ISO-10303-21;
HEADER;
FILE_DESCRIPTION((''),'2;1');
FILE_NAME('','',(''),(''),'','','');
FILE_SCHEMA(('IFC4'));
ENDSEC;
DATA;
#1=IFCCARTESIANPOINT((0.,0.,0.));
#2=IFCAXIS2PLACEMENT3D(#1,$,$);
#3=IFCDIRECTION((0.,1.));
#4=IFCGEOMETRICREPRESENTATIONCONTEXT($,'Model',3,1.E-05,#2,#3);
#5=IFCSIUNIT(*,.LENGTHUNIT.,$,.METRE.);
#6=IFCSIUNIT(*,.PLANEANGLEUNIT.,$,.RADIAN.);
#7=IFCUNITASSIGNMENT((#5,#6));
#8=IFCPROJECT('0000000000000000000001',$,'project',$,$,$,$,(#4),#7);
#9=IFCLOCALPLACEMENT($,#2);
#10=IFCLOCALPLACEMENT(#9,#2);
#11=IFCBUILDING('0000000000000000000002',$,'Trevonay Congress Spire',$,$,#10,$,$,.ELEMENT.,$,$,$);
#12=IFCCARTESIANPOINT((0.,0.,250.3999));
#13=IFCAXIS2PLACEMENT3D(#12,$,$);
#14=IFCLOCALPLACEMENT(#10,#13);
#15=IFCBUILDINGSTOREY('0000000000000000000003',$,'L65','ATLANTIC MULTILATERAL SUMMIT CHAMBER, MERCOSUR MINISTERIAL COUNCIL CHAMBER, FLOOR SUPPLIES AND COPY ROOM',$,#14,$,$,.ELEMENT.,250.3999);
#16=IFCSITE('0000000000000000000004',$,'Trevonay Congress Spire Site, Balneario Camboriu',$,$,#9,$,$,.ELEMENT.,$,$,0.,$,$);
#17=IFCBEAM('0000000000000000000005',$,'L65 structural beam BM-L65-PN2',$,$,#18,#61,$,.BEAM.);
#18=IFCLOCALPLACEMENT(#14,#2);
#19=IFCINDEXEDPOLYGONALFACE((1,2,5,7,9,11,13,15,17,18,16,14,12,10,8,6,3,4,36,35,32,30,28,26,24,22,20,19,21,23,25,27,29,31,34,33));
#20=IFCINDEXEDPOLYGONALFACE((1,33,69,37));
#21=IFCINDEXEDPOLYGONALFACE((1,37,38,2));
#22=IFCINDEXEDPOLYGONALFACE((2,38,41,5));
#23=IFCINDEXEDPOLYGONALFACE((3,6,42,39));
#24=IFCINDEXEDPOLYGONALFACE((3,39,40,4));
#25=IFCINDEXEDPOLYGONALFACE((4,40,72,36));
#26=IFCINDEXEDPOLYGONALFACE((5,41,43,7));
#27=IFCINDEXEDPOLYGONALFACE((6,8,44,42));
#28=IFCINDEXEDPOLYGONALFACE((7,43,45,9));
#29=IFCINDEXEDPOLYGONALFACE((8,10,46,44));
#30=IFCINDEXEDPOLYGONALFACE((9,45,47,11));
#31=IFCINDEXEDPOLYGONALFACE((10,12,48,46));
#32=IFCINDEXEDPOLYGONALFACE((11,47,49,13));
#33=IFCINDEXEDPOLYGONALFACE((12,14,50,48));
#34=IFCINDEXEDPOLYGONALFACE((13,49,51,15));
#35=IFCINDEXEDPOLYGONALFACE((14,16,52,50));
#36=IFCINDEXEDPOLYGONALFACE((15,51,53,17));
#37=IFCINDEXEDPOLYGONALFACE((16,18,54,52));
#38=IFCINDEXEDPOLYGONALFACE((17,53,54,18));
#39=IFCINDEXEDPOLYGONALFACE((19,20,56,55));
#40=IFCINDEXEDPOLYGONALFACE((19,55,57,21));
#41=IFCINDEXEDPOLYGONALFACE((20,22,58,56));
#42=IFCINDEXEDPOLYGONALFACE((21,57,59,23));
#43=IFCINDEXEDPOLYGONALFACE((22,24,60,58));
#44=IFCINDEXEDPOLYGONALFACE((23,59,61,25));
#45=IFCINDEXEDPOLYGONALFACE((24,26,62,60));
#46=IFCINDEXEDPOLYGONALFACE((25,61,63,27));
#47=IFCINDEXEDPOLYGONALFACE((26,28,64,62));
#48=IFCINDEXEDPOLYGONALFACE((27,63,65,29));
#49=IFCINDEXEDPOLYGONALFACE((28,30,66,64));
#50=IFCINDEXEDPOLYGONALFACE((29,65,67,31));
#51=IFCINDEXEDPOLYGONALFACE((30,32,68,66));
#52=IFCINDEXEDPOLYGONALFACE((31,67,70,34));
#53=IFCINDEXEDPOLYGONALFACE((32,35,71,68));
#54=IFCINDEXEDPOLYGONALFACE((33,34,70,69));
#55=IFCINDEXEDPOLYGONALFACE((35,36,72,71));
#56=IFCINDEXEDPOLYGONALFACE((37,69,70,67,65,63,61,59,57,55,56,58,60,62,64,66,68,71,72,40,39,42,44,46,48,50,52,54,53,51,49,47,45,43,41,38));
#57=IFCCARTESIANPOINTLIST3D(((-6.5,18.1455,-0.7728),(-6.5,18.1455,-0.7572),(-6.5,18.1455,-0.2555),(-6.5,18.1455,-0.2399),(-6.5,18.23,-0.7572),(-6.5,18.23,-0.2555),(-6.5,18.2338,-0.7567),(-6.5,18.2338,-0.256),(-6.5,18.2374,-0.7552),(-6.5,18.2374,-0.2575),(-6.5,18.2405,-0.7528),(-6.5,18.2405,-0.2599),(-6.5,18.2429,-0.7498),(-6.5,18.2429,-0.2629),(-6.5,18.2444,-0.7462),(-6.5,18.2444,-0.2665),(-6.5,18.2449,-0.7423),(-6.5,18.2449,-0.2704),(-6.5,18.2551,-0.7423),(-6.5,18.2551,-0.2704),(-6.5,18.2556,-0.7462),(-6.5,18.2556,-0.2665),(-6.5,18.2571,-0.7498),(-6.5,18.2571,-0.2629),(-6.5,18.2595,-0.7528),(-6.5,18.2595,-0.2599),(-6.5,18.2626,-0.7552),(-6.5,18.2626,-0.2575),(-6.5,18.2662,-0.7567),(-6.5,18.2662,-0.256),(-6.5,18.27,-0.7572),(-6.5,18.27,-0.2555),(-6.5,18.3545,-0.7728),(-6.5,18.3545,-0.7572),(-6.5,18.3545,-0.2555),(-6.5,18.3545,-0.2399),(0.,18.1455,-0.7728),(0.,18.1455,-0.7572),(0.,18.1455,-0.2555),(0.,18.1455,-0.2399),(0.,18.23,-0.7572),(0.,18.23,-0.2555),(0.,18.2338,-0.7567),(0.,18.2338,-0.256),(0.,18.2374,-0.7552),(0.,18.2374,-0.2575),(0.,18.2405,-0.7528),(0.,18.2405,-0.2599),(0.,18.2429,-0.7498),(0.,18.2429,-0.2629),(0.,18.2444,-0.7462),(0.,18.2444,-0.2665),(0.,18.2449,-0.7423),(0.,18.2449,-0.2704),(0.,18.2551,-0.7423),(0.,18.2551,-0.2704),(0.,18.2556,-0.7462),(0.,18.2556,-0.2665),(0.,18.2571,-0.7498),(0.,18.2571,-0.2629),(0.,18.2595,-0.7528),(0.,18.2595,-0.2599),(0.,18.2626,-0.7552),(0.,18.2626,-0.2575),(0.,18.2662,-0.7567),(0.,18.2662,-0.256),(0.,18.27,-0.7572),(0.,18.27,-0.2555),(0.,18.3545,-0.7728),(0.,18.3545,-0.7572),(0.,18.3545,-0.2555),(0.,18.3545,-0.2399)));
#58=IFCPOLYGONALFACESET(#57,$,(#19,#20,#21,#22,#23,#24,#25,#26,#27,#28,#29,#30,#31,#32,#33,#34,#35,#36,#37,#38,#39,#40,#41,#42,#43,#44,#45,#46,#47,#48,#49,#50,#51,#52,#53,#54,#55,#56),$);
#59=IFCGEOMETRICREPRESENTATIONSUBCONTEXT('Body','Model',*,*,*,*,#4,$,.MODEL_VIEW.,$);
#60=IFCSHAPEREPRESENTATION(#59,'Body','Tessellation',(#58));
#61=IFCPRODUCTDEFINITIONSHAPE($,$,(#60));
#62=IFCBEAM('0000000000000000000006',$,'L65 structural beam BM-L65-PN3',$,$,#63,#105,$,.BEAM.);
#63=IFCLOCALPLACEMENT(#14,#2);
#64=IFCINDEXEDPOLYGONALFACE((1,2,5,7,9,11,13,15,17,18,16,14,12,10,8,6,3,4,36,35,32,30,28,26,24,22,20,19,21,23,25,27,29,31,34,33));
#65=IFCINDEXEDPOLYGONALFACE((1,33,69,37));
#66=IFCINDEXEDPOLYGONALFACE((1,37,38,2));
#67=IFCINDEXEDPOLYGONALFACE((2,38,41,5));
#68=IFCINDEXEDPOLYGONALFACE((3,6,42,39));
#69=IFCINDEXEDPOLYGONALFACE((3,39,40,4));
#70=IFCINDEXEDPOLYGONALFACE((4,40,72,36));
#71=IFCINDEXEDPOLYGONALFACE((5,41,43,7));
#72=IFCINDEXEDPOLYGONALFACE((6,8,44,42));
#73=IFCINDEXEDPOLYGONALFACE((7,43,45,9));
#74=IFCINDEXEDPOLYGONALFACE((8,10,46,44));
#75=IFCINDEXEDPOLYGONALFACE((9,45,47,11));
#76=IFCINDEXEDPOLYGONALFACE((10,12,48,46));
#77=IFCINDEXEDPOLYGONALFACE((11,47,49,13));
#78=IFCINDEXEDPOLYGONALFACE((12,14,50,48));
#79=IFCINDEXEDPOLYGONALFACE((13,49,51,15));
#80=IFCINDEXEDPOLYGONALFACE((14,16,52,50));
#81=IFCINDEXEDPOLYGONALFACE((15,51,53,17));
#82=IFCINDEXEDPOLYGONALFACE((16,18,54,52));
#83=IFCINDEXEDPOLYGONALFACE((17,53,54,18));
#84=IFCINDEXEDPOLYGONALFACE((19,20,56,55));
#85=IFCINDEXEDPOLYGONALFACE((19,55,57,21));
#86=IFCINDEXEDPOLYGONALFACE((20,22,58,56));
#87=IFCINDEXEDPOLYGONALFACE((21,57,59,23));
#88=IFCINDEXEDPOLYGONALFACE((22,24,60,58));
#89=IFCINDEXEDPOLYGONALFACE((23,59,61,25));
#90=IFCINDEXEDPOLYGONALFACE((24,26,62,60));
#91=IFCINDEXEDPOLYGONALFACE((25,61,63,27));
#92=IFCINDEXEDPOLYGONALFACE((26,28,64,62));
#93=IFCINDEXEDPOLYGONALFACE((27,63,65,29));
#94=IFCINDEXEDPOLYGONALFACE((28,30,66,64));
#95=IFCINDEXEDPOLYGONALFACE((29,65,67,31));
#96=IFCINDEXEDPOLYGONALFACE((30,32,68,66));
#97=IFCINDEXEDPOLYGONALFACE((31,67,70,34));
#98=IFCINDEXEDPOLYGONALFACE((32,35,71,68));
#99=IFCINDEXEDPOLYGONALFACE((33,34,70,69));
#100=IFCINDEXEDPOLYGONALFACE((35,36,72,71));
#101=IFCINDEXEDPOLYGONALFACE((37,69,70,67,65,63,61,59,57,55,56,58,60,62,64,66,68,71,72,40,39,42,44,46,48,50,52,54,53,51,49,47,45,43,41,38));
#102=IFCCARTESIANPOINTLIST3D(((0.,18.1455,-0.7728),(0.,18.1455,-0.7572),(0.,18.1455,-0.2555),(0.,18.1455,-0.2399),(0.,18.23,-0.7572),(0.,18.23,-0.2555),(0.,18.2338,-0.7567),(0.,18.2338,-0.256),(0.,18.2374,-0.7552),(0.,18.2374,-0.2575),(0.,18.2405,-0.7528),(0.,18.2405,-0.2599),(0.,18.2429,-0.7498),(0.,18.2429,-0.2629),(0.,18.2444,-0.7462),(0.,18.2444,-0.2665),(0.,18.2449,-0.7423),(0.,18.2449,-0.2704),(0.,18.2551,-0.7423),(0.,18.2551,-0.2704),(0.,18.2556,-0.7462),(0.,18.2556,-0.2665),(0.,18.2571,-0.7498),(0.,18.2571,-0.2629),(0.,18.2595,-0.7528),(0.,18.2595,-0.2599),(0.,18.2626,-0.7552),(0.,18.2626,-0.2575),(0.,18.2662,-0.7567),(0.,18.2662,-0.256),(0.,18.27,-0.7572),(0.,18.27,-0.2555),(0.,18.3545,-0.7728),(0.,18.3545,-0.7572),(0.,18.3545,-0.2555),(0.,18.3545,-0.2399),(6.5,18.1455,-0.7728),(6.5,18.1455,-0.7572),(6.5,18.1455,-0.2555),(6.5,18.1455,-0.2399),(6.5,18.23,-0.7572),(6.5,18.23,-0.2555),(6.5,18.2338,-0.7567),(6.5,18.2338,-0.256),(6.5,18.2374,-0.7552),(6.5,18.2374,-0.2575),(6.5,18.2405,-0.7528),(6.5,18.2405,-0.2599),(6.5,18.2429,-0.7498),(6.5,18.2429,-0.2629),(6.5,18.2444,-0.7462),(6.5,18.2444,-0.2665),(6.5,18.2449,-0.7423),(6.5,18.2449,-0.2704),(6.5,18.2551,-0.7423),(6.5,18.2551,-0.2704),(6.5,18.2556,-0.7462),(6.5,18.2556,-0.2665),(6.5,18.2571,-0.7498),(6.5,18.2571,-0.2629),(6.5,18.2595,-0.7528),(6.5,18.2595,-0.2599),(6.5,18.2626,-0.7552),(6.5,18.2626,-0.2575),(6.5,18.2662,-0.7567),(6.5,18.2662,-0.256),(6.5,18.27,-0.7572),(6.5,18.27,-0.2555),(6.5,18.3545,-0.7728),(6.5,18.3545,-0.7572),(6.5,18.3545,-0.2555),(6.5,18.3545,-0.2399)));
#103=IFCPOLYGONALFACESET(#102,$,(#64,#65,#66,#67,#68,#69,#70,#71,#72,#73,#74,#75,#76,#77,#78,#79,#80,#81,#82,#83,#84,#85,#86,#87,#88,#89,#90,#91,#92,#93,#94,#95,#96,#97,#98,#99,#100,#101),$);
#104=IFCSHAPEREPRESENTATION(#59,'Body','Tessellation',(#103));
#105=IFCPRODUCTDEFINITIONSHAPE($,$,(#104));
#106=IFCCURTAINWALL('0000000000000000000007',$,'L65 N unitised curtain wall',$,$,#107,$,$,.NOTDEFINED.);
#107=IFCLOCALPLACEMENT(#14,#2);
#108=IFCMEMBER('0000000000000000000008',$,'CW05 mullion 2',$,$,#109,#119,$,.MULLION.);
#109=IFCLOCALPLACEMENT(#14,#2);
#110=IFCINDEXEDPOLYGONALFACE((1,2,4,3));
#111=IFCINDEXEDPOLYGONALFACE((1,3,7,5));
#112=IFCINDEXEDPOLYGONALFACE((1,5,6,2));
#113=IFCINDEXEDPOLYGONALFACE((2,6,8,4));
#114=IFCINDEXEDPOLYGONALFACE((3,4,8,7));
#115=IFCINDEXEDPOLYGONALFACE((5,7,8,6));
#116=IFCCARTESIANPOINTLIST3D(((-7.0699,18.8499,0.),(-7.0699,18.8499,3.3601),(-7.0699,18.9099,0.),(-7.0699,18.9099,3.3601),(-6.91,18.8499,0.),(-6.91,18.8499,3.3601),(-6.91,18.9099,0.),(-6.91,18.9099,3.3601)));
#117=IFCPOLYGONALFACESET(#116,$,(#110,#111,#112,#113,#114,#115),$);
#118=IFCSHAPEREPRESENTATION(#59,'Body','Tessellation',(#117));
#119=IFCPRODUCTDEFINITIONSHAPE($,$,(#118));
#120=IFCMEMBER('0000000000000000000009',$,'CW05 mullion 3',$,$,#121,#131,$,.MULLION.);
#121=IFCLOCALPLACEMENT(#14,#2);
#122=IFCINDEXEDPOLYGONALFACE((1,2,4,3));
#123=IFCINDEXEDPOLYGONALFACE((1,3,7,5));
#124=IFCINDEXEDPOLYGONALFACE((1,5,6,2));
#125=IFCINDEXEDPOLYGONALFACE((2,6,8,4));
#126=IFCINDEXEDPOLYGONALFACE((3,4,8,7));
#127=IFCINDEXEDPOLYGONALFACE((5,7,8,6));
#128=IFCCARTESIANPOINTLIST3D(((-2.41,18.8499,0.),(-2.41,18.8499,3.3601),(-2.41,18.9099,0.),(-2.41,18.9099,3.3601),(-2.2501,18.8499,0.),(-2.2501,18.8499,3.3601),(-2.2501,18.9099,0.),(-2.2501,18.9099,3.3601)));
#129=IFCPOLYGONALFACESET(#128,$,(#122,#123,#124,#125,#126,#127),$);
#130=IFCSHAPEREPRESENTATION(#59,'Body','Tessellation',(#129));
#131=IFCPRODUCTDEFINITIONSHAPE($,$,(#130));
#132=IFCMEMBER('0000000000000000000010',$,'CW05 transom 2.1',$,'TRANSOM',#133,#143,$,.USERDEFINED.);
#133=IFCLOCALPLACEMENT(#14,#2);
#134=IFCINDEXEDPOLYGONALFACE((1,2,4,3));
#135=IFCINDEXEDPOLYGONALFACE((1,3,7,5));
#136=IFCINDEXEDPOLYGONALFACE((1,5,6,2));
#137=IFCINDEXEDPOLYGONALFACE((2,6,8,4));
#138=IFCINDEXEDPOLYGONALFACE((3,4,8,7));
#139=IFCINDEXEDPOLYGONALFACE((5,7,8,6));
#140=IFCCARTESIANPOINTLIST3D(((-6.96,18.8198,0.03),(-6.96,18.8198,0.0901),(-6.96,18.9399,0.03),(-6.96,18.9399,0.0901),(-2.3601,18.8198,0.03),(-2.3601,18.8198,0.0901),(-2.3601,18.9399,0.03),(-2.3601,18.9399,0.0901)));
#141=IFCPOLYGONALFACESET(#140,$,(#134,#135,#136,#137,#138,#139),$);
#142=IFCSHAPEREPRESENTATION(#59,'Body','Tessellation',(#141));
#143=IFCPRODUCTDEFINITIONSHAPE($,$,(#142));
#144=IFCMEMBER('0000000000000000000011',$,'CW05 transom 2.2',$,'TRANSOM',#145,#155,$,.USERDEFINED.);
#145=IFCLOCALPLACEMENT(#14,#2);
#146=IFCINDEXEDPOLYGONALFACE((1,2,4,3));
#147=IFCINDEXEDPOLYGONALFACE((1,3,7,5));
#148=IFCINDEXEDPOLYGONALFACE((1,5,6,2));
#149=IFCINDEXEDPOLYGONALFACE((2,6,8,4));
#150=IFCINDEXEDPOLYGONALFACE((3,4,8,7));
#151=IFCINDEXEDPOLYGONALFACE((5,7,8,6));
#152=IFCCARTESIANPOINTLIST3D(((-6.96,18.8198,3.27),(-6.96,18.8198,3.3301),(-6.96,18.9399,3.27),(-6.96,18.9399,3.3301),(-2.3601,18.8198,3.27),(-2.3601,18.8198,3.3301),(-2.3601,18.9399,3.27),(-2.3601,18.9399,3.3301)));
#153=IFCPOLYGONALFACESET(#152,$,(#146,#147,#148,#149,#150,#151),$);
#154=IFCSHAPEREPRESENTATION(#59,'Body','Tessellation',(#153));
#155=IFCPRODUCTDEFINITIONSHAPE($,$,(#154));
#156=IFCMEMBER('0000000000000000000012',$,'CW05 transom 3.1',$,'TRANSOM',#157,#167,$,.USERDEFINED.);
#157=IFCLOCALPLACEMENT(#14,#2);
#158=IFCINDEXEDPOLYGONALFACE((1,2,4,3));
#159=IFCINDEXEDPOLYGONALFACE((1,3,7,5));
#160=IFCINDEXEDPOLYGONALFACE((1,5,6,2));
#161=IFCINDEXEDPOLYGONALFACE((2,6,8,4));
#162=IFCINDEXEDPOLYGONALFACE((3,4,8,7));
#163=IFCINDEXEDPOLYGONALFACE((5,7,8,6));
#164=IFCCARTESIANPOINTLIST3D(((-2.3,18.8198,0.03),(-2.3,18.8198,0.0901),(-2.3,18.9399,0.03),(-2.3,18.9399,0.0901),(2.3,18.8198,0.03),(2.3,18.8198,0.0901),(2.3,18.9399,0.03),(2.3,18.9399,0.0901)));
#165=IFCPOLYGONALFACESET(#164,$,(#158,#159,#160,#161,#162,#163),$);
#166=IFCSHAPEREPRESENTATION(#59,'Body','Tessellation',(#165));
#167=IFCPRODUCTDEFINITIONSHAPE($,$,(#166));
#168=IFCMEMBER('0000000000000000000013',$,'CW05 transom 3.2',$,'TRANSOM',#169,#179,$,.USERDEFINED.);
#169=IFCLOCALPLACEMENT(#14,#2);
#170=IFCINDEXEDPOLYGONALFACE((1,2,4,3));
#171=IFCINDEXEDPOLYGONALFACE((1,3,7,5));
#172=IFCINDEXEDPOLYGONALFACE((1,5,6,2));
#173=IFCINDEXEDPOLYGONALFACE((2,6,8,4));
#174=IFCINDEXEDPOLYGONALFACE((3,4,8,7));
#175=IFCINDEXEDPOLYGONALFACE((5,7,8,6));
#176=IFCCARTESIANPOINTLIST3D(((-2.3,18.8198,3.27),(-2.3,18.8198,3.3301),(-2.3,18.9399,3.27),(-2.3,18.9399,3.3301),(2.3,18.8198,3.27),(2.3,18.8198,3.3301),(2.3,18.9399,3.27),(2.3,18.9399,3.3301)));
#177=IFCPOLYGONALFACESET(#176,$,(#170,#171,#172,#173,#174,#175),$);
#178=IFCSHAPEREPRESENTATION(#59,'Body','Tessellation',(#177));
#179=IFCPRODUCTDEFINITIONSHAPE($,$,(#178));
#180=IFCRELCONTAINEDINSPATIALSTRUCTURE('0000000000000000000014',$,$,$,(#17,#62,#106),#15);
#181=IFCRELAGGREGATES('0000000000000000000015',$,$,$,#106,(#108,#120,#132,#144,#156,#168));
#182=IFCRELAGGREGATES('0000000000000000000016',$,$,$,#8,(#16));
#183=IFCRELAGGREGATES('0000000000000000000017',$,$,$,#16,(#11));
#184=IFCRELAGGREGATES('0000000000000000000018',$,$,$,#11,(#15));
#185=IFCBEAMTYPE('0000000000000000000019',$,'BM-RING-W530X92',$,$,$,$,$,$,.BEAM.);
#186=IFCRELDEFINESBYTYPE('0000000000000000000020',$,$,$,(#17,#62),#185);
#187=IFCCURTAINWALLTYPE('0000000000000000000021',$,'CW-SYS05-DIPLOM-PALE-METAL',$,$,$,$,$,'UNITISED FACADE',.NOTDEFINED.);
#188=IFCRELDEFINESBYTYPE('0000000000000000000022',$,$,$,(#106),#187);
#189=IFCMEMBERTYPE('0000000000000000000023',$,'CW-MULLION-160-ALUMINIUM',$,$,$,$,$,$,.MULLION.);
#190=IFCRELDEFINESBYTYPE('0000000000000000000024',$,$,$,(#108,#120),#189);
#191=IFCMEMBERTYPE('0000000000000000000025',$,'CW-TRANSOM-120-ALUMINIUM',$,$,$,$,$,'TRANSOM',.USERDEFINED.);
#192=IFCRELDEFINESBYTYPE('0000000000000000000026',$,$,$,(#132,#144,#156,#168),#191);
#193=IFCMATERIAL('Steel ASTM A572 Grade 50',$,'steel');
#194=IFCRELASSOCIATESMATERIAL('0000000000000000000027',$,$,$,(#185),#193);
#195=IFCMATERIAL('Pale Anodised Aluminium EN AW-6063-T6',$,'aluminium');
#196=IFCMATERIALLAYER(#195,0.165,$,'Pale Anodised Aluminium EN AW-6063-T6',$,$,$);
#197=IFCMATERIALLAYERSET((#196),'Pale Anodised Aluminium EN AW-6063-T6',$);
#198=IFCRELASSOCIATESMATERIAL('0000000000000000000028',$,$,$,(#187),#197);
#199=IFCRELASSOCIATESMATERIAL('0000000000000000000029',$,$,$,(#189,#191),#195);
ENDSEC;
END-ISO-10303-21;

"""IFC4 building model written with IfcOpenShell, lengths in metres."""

from ifc_helpers import new_model, si_unit, direction, frame, origin, origin_2d, place, context, subcontext, project, spatial, rectangle, i_section, extrude, material, layer, layer_set, material_profile, profile_set, type_object, element, aggregate, save


model = new_model("IFC4")

# Units and contexts
model_context = context("Model", 3, precision=1e-05, world=origin(), true_north=direction((0.0, 1.0)))
body_context = subcontext(model_context, "Body", "Model", "MODEL_VIEW")
ifc_project = project(units=[si_unit("LENGTHUNIT", "METRE"), si_unit("PLANEANGLEUNIT", "RADIAN")], contexts=[model_context])

# Site, building, storey
site_placement = place(None, origin())
site = spatial("IfcSite", under=ifc_project, at=site_placement, Name="Trevonay Congress Spire Site, Balneario Camboriu", CompositionType="ELEMENT", RefElevation=0.0)
building_placement = place(site_placement, origin())
building = spatial("IfcBuilding", under=site, at=building_placement, Name="Trevonay Congress Spire", CompositionType="ELEMENT")
storey_placement = place(building_placement, frame((0.0, 0.0, 250.3999)))
storey = spatial("IfcBuildingStorey", under=building, at=storey_placement, Name="L65", Description="ATLANTIC MULTILATERAL SUMMIT CHAMBER, MERCOSUR MINISTERIAL COUNCIL CHAMBER, FLOOR SUPPLIES AND COPY ROOM", CompositionType="ELEMENT", Elevation=250.3999)

# Shared definitions
ifc_material_1 = material(Name="Steel ASTM A572 Grade 50", Category="steel")

# Beams
ifc_material_profile_1 = material_profile(ifc_material_1, i_section(OverallWidth=0.209, OverallDepth=0.533, WebThickness=0.0103, FlangeThickness=0.0156, FilletRadius=0.0149, at=origin_2d()), Name="W530x92")
ifc_profile_set_1 = profile_set([ifc_material_profile_1], Name="Steel ASTM A572 Grade 50")
beam_type_1 = type_object("IfcBeamType", Name="BM-RING-W530X92", PredefinedType="BEAM", material=ifc_profile_set_1)
for number, where, z_axis, x_axis, name in (
    (1, (-6.5, 18.25, -0.5063), (1.0, 0.0, 0.0), (0.0, 1.0, 0.0), "L65 structural beam BM-L65-PN2"),
    (2, (0.0, 18.25, -0.5063), (1.0, 0.0, 0.0), (0.0, 1.0, 0.0), "L65 structural beam BM-L65-PN3"),
):
    element("IfcBeam", number, at=place(storey_placement, frame(where, z_axis=z_axis, x_axis=x_axis)), inside=storey, type_object=beam_type_1, Name=name, PredefinedType="BEAM", context=body_context, shape_type="SweptSolid", body=[
        extrude(i_section(OverallWidth=0.209, OverallDepth=0.533, WebThickness=0.0103, FlangeThickness=0.0156, FilletRadius=0.0149, at=origin_2d()), origin(), (0.0, 0.0, 1.0), 6.5),
    ])

# Curtain wall, members
ifc_material_2 = material(Name="Pale Anodised Aluminium EN AW-6063-T6", Category="aluminium")
ifc_layer_1 = layer(ifc_material_2, 0.165, Name="Pale Anodised Aluminium EN AW-6063-T6")
ifc_layer_set_1 = layer_set([ifc_layer_1], Name="Pale Anodised Aluminium EN AW-6063-T6")
curtain_wall_type = type_object("IfcCurtainWallType", Name="CW-SYS05-DIPLOM-PALE-METAL", ElementType="UNITISED FACADE", PredefinedType="NOTDEFINED", material=ifc_layer_set_1)
curtain_wall_placement = place(storey_placement, origin())
curtain_wall = element("IfcCurtainWall", 3, at=curtain_wall_placement, inside=storey, type_object=curtain_wall_type, Name="L65 N unitised curtain wall", PredefinedType="NOTDEFINED")
ifc_material_profile_2 = material_profile(ifc_material_2, rectangle(XDim=0.0601, YDim=0.1599, at=origin_2d()), Name="CW-MULLION-160-ALUMINIUM")
ifc_profile_set_2 = profile_set([ifc_material_profile_2], Name="Pale Anodised Aluminium EN AW-6063-T6")
member_type_1 = type_object("IfcMemberType", Name="CW-MULLION-160-ALUMINIUM", PredefinedType="MULLION", material=ifc_profile_set_2)
member_1_placement = place(storey_placement, frame((-6.99, 18.8799, 0.0), z_axis=(0.0, 0.0, 1.0), x_axis=(0.0, 1.0, 0.0)))
member_1 = element("IfcMember", 4, at=member_1_placement, type_object=member_type_1, Name="CW05 mullion 2", PredefinedType="MULLION", context=body_context, shape_type="SweptSolid", body=[
    extrude(rectangle(XDim=0.0601, YDim=0.1599, at=origin_2d()), origin(), (0.0, 0.0, 1.0), 3.3601),
])
member_2_placement = place(storey_placement, frame((-2.3301, 18.8799, 0.0), z_axis=(0.0, 0.0, 1.0), x_axis=(0.0, 1.0, 0.0)))
member_2 = element("IfcMember", 5, at=member_2_placement, type_object=member_type_1, Name="CW05 mullion 3", PredefinedType="MULLION", context=body_context, shape_type="SweptSolid", body=[
    extrude(rectangle(XDim=0.0601, YDim=0.1599, at=origin_2d()), origin(), (0.0, 0.0, 1.0), 3.3601),
])
ifc_material_profile_3 = material_profile(ifc_material_2, rectangle(XDim=0.1201, YDim=0.0601, at=origin_2d()), Name="CW-TRANSOM-120-ALUMINIUM")
ifc_profile_set_3 = profile_set([ifc_material_profile_3], Name="Pale Anodised Aluminium EN AW-6063-T6")
member_type_2 = type_object("IfcMemberType", Name="CW-TRANSOM-120-ALUMINIUM", ElementType="TRANSOM", PredefinedType="USERDEFINED", material=ifc_profile_set_3)
member_3_placement = place(storey_placement, frame((-6.96, 18.8799, 0.0601), z_axis=(1.0, 0.0, 0.0), x_axis=(0.0, 1.0, 0.0)))
member_3 = element("IfcMember", 6, at=member_3_placement, type_object=member_type_2, Name="CW05 transom 2.1", ObjectType="TRANSOM", PredefinedType="USERDEFINED", context=body_context, shape_type="SweptSolid", body=[
    extrude(rectangle(XDim=0.1201, YDim=0.0601, at=origin_2d()), origin(), (0.0, 0.0, 1.0), 4.5999),
])
member_4_placement = place(storey_placement, frame((-6.96, 18.8799, 3.3), z_axis=(1.0, 0.0, 0.0), x_axis=(0.0, 1.0, 0.0)))
member_4 = element("IfcMember", 7, at=member_4_placement, type_object=member_type_2, Name="CW05 transom 2.2", ObjectType="TRANSOM", PredefinedType="USERDEFINED", context=body_context, shape_type="SweptSolid", body=[
    extrude(rectangle(XDim=0.1201, YDim=0.0601, at=origin_2d()), origin(), (0.0, 0.0, 1.0), 4.5999),
])
member_5_placement = place(storey_placement, frame((-2.3, 18.8799, 0.0601), z_axis=(1.0, 0.0, 0.0), x_axis=(0.0, 1.0, 0.0)))
member_5 = element("IfcMember", 8, at=member_5_placement, type_object=member_type_2, Name="CW05 transom 3.1", ObjectType="TRANSOM", PredefinedType="USERDEFINED", context=body_context, shape_type="SweptSolid", body=[
    extrude(rectangle(XDim=0.1201, YDim=0.0601, at=origin_2d()), origin(), (0.0, 0.0, 1.0), 4.6001),
])
member_6_placement = place(storey_placement, frame((-2.3, 18.8799, 3.3), z_axis=(1.0, 0.0, 0.0), x_axis=(0.0, 1.0, 0.0)))
member_6 = element("IfcMember", 9, at=member_6_placement, type_object=member_type_2, Name="CW05 transom 3.2", ObjectType="TRANSOM", PredefinedType="USERDEFINED", context=body_context, shape_type="SweptSolid", body=[
    extrude(rectangle(XDim=0.1201, YDim=0.0601, at=origin_2d()), origin(), (0.0, 0.0, 1.0), 4.6001),
])

aggregate(curtain_wall, [member_1, member_2, member_3, member_4, member_5, member_6])

save(model, "model.ifc")
